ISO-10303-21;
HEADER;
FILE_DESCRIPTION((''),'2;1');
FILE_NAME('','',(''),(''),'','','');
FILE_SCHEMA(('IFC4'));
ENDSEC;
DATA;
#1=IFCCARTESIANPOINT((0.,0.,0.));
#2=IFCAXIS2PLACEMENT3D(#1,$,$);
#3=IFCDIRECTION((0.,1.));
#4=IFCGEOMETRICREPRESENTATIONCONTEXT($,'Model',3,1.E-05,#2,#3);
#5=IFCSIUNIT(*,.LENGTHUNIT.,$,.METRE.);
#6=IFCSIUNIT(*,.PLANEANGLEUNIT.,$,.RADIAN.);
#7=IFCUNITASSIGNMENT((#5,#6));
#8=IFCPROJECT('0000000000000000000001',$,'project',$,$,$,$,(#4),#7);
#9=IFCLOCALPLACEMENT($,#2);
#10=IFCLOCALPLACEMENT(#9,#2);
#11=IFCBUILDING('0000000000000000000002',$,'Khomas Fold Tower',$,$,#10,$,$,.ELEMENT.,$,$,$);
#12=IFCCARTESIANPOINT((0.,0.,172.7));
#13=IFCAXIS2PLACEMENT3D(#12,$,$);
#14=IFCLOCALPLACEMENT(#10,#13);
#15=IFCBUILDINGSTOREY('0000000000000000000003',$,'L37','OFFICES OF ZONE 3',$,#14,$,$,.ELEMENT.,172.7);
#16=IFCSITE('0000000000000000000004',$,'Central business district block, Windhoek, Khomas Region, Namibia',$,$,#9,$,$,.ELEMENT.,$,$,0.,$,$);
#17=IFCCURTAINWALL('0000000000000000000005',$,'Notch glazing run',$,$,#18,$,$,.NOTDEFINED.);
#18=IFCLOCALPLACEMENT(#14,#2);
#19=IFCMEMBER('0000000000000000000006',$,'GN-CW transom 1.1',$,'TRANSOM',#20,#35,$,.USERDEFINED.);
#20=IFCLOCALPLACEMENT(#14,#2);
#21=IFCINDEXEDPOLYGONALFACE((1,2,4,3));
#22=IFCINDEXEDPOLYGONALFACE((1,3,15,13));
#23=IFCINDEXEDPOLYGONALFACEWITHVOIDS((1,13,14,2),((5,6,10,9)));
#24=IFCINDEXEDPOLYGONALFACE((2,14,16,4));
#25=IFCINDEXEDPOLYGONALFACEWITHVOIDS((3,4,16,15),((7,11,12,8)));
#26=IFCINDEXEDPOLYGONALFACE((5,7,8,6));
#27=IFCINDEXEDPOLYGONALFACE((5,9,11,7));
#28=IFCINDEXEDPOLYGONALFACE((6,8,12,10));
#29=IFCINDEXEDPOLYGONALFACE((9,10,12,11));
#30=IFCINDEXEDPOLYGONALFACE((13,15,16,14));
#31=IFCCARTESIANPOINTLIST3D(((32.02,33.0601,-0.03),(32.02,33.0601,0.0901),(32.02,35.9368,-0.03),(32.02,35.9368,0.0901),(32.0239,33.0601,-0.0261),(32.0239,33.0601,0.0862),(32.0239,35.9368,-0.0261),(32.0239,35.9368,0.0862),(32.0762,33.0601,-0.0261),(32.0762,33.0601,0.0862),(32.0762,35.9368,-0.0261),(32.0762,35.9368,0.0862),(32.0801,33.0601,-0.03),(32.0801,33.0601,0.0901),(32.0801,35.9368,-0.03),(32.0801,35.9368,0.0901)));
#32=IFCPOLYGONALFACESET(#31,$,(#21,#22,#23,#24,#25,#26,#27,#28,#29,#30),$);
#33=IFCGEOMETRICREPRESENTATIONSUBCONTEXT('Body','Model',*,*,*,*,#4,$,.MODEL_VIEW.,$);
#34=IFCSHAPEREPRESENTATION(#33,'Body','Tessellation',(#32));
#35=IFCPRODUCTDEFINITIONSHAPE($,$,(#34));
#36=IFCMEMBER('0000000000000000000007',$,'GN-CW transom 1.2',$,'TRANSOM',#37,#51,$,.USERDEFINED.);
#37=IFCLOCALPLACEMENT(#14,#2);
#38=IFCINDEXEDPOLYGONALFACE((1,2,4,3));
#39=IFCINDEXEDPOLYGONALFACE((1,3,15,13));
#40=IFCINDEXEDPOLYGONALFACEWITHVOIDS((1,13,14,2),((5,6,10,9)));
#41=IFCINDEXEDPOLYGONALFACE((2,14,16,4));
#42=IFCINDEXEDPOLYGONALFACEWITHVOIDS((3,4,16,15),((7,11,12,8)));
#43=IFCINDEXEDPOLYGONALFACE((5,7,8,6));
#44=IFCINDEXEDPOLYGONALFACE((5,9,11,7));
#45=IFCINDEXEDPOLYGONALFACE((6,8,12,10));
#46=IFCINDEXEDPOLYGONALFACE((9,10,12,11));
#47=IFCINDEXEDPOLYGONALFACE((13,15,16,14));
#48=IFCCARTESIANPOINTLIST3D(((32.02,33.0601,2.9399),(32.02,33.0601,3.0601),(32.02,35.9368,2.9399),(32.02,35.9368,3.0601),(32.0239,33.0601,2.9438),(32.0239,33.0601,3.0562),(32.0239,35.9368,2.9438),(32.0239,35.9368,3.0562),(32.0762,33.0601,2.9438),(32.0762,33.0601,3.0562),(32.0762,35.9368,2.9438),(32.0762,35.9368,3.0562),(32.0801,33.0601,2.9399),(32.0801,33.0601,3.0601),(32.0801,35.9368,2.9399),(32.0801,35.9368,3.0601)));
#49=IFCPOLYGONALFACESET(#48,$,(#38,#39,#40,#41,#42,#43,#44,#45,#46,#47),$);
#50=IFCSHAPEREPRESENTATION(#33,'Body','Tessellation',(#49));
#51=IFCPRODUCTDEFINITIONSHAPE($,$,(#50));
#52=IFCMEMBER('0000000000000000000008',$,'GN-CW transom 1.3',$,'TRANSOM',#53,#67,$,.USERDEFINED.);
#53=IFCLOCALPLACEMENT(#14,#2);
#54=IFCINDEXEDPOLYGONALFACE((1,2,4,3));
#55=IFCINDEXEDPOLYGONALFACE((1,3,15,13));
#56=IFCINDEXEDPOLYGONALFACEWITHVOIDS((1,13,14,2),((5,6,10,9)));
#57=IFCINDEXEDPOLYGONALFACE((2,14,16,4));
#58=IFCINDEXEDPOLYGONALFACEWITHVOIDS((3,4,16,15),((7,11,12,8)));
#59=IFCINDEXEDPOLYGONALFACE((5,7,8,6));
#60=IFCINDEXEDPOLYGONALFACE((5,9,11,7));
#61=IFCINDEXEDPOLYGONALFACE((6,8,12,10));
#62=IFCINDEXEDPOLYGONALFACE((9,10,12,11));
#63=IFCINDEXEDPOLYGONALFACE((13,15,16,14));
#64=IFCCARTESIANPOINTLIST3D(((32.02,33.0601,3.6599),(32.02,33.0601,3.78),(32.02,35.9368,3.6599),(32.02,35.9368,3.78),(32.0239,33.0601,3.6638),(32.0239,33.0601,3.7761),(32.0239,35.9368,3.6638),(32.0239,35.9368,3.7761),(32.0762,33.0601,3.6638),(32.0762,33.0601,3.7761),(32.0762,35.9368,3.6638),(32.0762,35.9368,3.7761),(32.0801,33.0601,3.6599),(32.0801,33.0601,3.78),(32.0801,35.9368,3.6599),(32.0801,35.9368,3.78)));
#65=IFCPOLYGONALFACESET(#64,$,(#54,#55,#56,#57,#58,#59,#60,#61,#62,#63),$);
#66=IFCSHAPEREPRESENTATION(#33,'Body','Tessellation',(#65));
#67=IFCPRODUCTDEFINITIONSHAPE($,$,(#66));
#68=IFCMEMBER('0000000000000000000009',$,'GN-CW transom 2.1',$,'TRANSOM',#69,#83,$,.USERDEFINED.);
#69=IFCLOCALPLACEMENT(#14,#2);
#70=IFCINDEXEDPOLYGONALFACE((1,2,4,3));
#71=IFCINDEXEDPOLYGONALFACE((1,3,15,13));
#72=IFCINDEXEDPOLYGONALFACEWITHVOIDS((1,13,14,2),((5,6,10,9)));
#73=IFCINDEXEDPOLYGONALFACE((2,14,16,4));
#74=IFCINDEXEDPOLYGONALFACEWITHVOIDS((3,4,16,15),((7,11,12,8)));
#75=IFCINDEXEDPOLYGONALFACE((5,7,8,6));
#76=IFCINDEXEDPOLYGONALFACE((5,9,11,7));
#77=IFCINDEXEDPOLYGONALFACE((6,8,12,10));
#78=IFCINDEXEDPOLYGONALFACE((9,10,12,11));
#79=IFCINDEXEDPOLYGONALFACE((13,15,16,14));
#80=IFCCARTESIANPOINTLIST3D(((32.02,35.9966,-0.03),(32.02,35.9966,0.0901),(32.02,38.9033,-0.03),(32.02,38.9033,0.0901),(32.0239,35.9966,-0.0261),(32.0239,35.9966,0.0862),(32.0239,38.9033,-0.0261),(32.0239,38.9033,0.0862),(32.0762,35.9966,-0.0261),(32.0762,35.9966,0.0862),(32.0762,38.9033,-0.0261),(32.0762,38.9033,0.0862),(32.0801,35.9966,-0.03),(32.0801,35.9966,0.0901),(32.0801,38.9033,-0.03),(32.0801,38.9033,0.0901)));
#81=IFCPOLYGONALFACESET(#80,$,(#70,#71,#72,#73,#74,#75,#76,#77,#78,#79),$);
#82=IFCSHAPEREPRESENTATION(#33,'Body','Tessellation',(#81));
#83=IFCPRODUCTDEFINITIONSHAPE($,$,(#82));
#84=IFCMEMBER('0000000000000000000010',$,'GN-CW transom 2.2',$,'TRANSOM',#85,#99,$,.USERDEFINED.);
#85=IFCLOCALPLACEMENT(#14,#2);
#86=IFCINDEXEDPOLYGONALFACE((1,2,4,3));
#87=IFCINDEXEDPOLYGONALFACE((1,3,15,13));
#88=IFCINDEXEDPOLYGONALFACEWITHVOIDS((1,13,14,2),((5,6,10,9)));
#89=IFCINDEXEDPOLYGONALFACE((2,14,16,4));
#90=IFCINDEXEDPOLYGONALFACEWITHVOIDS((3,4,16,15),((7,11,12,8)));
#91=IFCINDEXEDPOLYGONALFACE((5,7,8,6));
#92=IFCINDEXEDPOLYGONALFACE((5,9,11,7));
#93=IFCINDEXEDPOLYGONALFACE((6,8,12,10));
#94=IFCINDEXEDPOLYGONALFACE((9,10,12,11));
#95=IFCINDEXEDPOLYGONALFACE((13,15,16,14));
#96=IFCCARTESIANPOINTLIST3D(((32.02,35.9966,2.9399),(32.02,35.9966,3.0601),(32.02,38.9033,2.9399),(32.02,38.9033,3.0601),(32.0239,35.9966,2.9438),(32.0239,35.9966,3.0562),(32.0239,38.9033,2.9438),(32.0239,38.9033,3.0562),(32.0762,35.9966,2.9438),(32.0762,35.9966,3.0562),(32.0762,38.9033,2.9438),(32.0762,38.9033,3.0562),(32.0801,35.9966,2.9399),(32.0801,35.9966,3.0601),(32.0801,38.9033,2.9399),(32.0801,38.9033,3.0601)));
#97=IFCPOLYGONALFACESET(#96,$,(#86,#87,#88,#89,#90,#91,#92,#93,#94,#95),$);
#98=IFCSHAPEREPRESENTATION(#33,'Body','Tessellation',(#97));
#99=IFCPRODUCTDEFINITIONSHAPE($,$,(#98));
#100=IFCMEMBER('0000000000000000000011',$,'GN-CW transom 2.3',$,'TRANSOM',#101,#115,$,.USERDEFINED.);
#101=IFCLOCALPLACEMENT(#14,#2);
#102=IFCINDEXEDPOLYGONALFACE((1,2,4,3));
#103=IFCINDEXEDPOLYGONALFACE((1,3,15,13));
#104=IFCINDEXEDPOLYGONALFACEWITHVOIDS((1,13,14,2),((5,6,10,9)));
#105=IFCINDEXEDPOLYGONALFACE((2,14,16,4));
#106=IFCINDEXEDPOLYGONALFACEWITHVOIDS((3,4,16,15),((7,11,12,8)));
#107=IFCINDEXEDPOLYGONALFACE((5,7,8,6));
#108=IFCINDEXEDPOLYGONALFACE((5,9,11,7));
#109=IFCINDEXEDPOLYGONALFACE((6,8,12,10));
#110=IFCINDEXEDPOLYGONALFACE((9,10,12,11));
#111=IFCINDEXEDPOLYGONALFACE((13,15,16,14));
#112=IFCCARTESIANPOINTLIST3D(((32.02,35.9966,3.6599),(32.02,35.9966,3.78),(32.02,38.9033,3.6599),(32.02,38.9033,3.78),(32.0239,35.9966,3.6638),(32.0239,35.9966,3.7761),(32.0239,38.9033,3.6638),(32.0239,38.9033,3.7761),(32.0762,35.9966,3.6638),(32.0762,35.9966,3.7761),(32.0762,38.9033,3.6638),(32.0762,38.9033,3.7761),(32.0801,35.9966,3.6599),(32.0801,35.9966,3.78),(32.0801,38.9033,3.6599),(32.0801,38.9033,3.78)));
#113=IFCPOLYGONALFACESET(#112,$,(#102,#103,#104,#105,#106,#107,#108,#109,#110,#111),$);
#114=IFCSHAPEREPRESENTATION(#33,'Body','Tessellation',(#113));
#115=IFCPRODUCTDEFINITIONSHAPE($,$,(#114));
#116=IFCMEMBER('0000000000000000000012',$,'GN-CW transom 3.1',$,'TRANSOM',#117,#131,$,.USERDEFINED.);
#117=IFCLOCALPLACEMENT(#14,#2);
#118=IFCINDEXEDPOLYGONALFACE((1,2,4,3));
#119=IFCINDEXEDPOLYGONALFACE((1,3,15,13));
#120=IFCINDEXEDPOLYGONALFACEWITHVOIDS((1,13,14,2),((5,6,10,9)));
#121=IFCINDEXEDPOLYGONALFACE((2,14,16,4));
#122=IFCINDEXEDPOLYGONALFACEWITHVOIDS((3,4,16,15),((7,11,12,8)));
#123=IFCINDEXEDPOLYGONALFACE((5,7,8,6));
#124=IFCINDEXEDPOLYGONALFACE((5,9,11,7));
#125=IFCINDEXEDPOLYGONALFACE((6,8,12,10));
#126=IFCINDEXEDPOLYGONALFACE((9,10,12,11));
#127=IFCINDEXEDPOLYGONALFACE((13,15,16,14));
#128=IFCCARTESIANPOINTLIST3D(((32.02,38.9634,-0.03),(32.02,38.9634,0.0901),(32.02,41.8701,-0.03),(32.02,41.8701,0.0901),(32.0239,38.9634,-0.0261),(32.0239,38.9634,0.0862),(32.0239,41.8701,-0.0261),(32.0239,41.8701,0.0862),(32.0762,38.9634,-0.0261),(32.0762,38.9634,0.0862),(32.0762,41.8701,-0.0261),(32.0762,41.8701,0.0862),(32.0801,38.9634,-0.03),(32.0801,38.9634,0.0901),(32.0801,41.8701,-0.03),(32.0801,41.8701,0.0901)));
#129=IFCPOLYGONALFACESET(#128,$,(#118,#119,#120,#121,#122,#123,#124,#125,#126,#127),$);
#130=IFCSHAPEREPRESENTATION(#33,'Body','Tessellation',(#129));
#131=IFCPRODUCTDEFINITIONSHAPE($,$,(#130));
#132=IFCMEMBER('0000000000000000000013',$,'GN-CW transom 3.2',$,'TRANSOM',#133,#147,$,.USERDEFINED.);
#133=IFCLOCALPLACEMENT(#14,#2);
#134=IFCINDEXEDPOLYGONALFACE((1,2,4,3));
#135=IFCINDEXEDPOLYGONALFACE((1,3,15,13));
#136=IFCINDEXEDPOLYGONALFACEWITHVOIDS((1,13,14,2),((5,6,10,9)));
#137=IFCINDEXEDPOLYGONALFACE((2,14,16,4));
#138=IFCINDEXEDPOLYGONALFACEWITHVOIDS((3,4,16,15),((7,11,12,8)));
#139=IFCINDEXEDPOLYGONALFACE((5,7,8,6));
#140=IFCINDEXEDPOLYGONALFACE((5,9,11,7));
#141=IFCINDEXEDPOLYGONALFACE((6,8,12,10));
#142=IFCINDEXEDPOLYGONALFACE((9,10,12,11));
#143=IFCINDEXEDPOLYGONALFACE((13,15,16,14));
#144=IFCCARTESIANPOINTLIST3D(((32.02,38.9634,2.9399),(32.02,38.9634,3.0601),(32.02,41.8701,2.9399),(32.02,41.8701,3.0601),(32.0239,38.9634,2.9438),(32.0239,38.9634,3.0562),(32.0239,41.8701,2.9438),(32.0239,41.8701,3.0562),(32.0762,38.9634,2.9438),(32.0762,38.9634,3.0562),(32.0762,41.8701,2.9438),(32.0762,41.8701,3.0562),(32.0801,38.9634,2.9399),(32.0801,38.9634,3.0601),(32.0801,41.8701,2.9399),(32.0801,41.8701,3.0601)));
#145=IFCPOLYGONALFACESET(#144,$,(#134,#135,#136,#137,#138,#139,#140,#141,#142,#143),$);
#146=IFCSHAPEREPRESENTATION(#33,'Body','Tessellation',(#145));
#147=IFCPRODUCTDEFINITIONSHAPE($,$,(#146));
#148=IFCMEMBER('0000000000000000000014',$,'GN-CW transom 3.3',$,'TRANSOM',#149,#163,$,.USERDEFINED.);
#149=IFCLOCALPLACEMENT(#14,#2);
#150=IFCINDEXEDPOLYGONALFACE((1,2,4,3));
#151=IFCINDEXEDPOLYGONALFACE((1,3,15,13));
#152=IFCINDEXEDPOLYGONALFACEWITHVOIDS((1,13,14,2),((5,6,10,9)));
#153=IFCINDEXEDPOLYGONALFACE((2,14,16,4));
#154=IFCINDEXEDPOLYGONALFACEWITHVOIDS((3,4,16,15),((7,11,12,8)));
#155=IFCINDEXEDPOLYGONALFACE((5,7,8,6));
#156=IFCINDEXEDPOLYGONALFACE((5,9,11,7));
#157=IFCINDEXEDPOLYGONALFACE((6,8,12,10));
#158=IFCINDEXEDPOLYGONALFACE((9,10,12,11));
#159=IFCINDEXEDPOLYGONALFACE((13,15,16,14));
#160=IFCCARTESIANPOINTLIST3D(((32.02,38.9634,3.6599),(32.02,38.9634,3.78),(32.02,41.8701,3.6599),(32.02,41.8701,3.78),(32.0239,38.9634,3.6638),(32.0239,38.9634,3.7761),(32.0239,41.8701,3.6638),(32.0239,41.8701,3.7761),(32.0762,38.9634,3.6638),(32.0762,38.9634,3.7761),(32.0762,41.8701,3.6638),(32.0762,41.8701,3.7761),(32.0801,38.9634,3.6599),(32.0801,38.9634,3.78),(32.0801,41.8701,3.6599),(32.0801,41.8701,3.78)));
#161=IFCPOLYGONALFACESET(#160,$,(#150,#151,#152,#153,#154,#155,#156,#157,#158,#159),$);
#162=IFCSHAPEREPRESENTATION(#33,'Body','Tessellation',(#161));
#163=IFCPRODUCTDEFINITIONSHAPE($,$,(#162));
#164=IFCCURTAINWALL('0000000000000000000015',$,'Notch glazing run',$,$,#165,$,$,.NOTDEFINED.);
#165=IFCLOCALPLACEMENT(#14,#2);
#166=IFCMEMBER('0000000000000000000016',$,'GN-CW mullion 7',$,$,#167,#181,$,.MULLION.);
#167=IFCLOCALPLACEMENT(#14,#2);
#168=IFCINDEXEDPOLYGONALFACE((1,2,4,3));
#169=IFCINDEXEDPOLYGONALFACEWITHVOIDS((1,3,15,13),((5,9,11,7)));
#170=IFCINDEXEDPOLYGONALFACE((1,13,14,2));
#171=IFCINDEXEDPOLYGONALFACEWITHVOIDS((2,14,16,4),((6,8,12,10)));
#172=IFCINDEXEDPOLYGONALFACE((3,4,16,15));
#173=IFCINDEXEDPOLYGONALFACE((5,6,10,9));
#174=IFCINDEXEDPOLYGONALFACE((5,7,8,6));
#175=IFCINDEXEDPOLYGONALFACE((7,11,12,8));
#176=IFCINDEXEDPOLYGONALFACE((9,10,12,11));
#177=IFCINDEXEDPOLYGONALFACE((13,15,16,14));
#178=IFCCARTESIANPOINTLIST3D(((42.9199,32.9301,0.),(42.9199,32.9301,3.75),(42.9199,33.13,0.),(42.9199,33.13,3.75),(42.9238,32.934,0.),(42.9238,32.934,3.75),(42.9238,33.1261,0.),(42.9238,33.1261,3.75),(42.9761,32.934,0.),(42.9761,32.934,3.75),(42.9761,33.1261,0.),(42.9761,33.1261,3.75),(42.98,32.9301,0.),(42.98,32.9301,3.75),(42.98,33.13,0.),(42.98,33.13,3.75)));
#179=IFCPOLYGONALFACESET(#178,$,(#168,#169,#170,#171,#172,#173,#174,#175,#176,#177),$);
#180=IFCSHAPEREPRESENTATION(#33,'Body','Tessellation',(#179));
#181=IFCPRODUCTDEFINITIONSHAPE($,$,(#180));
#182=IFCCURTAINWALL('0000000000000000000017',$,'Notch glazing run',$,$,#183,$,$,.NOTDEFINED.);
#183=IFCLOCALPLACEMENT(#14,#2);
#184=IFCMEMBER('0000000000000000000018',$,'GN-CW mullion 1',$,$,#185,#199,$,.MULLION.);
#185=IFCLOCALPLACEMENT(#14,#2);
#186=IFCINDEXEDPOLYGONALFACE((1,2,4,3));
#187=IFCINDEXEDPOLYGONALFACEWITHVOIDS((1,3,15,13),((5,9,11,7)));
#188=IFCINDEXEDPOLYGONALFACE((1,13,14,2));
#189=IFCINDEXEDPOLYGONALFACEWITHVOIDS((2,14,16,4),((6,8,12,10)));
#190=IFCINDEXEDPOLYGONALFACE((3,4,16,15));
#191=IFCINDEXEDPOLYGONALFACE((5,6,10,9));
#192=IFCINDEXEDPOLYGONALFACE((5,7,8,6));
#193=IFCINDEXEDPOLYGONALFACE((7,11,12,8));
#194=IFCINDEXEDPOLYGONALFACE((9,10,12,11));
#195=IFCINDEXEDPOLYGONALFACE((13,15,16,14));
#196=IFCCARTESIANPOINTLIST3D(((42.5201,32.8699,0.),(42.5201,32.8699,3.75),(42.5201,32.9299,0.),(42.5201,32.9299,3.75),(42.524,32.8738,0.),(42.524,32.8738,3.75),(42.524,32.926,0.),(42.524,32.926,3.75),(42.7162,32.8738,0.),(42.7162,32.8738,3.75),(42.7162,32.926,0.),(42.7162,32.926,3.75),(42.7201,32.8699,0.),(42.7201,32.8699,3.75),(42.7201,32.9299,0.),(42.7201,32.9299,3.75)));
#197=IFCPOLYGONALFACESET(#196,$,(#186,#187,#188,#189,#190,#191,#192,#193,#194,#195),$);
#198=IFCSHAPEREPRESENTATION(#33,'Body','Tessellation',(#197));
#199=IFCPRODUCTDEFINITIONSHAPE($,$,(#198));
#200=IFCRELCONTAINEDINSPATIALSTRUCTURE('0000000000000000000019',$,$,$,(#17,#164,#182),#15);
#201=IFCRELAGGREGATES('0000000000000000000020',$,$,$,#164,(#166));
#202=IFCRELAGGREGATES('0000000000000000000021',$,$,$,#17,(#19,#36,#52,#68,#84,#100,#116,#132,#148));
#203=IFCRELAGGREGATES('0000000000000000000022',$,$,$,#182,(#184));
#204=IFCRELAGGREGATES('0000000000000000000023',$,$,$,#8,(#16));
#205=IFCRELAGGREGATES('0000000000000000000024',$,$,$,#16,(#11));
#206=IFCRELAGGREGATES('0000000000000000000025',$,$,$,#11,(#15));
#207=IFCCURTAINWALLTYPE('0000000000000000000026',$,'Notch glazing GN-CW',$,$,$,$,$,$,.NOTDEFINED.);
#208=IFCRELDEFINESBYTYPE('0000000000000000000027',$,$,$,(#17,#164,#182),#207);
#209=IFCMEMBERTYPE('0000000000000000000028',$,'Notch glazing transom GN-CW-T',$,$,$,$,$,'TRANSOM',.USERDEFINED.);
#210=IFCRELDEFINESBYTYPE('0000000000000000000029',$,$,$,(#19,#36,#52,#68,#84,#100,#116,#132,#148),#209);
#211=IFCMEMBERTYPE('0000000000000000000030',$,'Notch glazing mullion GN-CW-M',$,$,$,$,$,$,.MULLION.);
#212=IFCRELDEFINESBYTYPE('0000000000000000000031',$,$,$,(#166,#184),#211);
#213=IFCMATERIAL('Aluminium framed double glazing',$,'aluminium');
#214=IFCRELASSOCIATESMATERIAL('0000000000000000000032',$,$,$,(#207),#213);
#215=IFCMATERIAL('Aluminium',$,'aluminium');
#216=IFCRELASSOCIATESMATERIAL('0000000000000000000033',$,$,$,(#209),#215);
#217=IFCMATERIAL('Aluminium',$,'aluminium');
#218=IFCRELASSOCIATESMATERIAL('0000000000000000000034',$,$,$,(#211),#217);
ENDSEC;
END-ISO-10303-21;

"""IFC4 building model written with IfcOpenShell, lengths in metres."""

from ifc_helpers import new_model, si_unit, direction, frame, origin, origin_2d, place, context, subcontext, project, spatial, hollow_rectangle, extrude, source, transform, mapped, material, material_profile, profile_set, type_object, element, aggregate, save


model = new_model("IFC4")

# Units and contexts
model_context = context("Model", 3, precision=1e-05, world=origin(), true_north=direction((0.0, 1.0)))
body_context = subcontext(model_context, "Body", "Model", "MODEL_VIEW")
ifc_project = project(units=[si_unit("LENGTHUNIT", "METRE"), si_unit("PLANEANGLEUNIT", "RADIAN")], contexts=[model_context])

# Site, building, storey
site_placement = place(None, origin())
site = spatial("IfcSite", under=ifc_project, at=site_placement, Name="Central business district block, Windhoek, Khomas Region, Namibia", CompositionType="ELEMENT", RefElevation=0.0)
building_placement = place(site_placement, origin())
building = spatial("IfcBuilding", under=site, at=building_placement, Name="Khomas Fold Tower", CompositionType="ELEMENT")
storey_placement = place(building_placement, frame((0.0, 0.0, 172.7)))
storey = spatial("IfcBuildingStorey", under=building, at=storey_placement, Name="L37", Description="OFFICES OF ZONE 3", CompositionType="ELEMENT", Elevation=172.7)

# Curtain wall, members
ifc_material_1 = material(Name="Aluminium framed double glazing", Category="aluminium")
curtain_wall_type = type_object("IfcCurtainWallType", Name="Notch glazing GN-CW", PredefinedType="NOTDEFINED", material=ifc_material_1)
curtain_wall_1_placement = place(storey_placement, origin())
curtain_wall_1 = element("IfcCurtainWall", 1, at=curtain_wall_1_placement, inside=storey, type_object=curtain_wall_type, Name="Notch glazing run", PredefinedType="NOTDEFINED")
ifc_material_2 = material(Name="Aluminium", Category="aluminium")
ifc_material_profile_1 = material_profile(ifc_material_2, hollow_rectangle(XDim=0.0601, YDim=0.1201, WallThickness=0.0039, at=origin_2d()), Name="Notch glazing transom GN-CW-T")
ifc_profile_set_1 = profile_set([ifc_material_profile_1], Name="Aluminium")
member_type_1 = type_object("IfcMemberType", Name="Notch glazing transom GN-CW-T", ElementType="TRANSOM", PredefinedType="USERDEFINED", material=ifc_profile_set_1)
shared_shape_1 = source(origin(), body_context, "Body", "SweptSolid", [
    extrude(hollow_rectangle(XDim=0.0601, YDim=0.1201, WallThickness=0.0039, at=origin_2d()), origin(), (0.0, 0.0, 1.0), 2.8767),
])
member_1_placement = place(storey_placement, frame((32.05, 33.0601, 0.03), z_axis=(0.0, 1.0, 0.0), x_axis=(-1.0, 0.0, 0.0)))
member_1 = element("IfcMember", 2, at=member_1_placement, type_object=member_type_1, Name="GN-CW transom 1.1", ObjectType="TRANSOM", PredefinedType="USERDEFINED", context=body_context, shape_type="MappedRepresentation", body=[
    mapped(shared_shape_1, transform((0.0, 0.0, 0.0))),
])
member_2_placement = place(storey_placement, frame((32.05, 33.0601, 3.0), z_axis=(0.0, 1.0, 0.0), x_axis=(-1.0, 0.0, 0.0)))
member_2 = element("IfcMember", 3, at=member_2_placement, type_object=member_type_1, Name="GN-CW transom 1.2", ObjectType="TRANSOM", PredefinedType="USERDEFINED", context=body_context, shape_type="MappedRepresentation", body=[
    mapped(shared_shape_1, transform((0.0, 0.0, 0.0))),
])
member_3_placement = place(storey_placement, frame((32.05, 33.0601, 3.72), z_axis=(0.0, 1.0, 0.0), x_axis=(-1.0, 0.0, 0.0)))
member_3 = element("IfcMember", 4, at=member_3_placement, type_object=member_type_1, Name="GN-CW transom 1.3", ObjectType="TRANSOM", PredefinedType="USERDEFINED", context=body_context, shape_type="MappedRepresentation", body=[
    mapped(shared_shape_1, transform((0.0, 0.0, 0.0))),
])
shared_shape_2 = source(origin(), body_context, "Body", "SweptSolid", [
    extrude(hollow_rectangle(XDim=0.0601, YDim=0.1201, WallThickness=0.0039, at=origin_2d()), origin(), (0.0, 0.0, 1.0), 2.9067),
])
member_4_placement = place(storey_placement, frame((32.05, 35.9966, 0.03), z_axis=(0.0, 1.0, 0.0), x_axis=(-1.0, 0.0, 0.0)))
member_4 = element("IfcMember", 5, at=member_4_placement, type_object=member_type_1, Name="GN-CW transom 2.1", ObjectType="TRANSOM", PredefinedType="USERDEFINED", context=body_context, shape_type="MappedRepresentation", body=[
    mapped(shared_shape_2, transform((0.0, 0.0, 0.0))),
])
member_5_placement = place(storey_placement, frame((32.05, 35.9966, 3.0), z_axis=(0.0, 1.0, 0.0), x_axis=(-1.0, 0.0, 0.0)))
member_5 = element("IfcMember", 6, at=member_5_placement, type_object=member_type_1, Name="GN-CW transom 2.2", ObjectType="TRANSOM", PredefinedType="USERDEFINED", context=body_context, shape_type="MappedRepresentation", body=[
    mapped(shared_shape_2, transform((0.0, 0.0, 0.0))),
])
member_6_placement = place(storey_placement, frame((32.05, 35.9966, 3.72), z_axis=(0.0, 1.0, 0.0), x_axis=(-1.0, 0.0, 0.0)))
member_6 = element("IfcMember", 7, at=member_6_placement, type_object=member_type_1, Name="GN-CW transom 2.3", ObjectType="TRANSOM", PredefinedType="USERDEFINED", context=body_context, shape_type="MappedRepresentation", body=[
    mapped(shared_shape_2, transform((0.0, 0.0, 0.0))),
])
member_7_placement = place(storey_placement, frame((32.05, 38.9634, 0.03), z_axis=(0.0, 1.0, 0.0), x_axis=(-1.0, 0.0, 0.0)))
member_7 = element("IfcMember", 8, at=member_7_placement, type_object=member_type_1, Name="GN-CW transom 3.1", ObjectType="TRANSOM", PredefinedType="USERDEFINED", context=body_context, shape_type="MappedRepresentation", body=[
    mapped(shared_shape_2, transform((0.0, 0.0, 0.0))),
])
member_8_placement = place(storey_placement, frame((32.05, 38.9634, 3.0), z_axis=(0.0, 1.0, 0.0), x_axis=(-1.0, 0.0, 0.0)))
member_8 = element("IfcMember", 9, at=member_8_placement, type_object=member_type_1, Name="GN-CW transom 3.2", ObjectType="TRANSOM", PredefinedType="USERDEFINED", context=body_context, shape_type="MappedRepresentation", body=[
    mapped(shared_shape_2, transform((0.0, 0.0, 0.0))),
])
member_9_placement = place(storey_placement, frame((32.05, 38.9634, 3.72), z_axis=(0.0, 1.0, 0.0), x_axis=(-1.0, 0.0, 0.0)))
member_9 = element("IfcMember", 10, at=member_9_placement, type_object=member_type_1, Name="GN-CW transom 3.3", ObjectType="TRANSOM", PredefinedType="USERDEFINED", context=body_context, shape_type="MappedRepresentation", body=[
    mapped(shared_shape_2, transform((0.0, 0.0, 0.0))),
])

# Curtain wall, member
curtain_wall_2_placement = place(storey_placement, origin())
curtain_wall_2 = element("IfcCurtainWall", 11, at=curtain_wall_2_placement, inside=storey, type_object=curtain_wall_type, Name="Notch glazing run", PredefinedType="NOTDEFINED")
ifc_material_3 = material(Name="Aluminium", Category="aluminium")
ifc_material_profile_2 = material_profile(ifc_material_3, hollow_rectangle(XDim=0.0601, YDim=0.2, WallThickness=0.0039, at=origin_2d()), Name="Notch glazing mullion GN-CW-M")
ifc_profile_set_2 = profile_set([ifc_material_profile_2], Name="Aluminium")
member_type_2 = type_object("IfcMemberType", Name="Notch glazing mullion GN-CW-M", PredefinedType="MULLION", material=ifc_profile_set_2)
shared_shape_3 = source(origin(), body_context, "Body", "SweptSolid", [
    extrude(hollow_rectangle(XDim=0.0601, YDim=0.2, WallThickness=0.0039, at=origin_2d()), origin(), (0.0, 0.0, 1.0), 3.75),
])
member_10_placement = place(storey_placement, frame((42.95, 33.03, 0.0), z_axis=(0.0, 0.0, 1.0), x_axis=(1.0, 0.0, 0.0)))
member_10 = element("IfcMember", 12, at=member_10_placement, type_object=member_type_2, Name="GN-CW mullion 7", PredefinedType="MULLION", context=body_context, shape_type="MappedRepresentation", body=[
    mapped(shared_shape_3, transform((0.0, 0.0, 0.0))),
])

# Curtain wall, member
curtain_wall_3_placement = place(storey_placement, origin())
curtain_wall_3 = element("IfcCurtainWall", 13, at=curtain_wall_3_placement, inside=storey, type_object=curtain_wall_type, Name="Notch glazing run", PredefinedType="NOTDEFINED")
member_11_placement = place(storey_placement, frame((42.6201, 32.8999, 0.0), z_axis=(0.0, 0.0, 1.0), x_axis=(0.0, -1.0, 0.0)))
member_11 = element("IfcMember", 14, at=member_11_placement, type_object=member_type_2, Name="GN-CW mullion 1", PredefinedType="MULLION", context=body_context, shape_type="MappedRepresentation", body=[
    mapped(shared_shape_3, transform((0.0, 0.0, 0.0))),
])

aggregate(curtain_wall_2, [member_10])
aggregate(curtain_wall_1, [member_1, member_2, member_3, member_4, member_5, member_6, member_7, member_8, member_9])
aggregate(curtain_wall_3, [member_11])

save(model, "model.ifc")
